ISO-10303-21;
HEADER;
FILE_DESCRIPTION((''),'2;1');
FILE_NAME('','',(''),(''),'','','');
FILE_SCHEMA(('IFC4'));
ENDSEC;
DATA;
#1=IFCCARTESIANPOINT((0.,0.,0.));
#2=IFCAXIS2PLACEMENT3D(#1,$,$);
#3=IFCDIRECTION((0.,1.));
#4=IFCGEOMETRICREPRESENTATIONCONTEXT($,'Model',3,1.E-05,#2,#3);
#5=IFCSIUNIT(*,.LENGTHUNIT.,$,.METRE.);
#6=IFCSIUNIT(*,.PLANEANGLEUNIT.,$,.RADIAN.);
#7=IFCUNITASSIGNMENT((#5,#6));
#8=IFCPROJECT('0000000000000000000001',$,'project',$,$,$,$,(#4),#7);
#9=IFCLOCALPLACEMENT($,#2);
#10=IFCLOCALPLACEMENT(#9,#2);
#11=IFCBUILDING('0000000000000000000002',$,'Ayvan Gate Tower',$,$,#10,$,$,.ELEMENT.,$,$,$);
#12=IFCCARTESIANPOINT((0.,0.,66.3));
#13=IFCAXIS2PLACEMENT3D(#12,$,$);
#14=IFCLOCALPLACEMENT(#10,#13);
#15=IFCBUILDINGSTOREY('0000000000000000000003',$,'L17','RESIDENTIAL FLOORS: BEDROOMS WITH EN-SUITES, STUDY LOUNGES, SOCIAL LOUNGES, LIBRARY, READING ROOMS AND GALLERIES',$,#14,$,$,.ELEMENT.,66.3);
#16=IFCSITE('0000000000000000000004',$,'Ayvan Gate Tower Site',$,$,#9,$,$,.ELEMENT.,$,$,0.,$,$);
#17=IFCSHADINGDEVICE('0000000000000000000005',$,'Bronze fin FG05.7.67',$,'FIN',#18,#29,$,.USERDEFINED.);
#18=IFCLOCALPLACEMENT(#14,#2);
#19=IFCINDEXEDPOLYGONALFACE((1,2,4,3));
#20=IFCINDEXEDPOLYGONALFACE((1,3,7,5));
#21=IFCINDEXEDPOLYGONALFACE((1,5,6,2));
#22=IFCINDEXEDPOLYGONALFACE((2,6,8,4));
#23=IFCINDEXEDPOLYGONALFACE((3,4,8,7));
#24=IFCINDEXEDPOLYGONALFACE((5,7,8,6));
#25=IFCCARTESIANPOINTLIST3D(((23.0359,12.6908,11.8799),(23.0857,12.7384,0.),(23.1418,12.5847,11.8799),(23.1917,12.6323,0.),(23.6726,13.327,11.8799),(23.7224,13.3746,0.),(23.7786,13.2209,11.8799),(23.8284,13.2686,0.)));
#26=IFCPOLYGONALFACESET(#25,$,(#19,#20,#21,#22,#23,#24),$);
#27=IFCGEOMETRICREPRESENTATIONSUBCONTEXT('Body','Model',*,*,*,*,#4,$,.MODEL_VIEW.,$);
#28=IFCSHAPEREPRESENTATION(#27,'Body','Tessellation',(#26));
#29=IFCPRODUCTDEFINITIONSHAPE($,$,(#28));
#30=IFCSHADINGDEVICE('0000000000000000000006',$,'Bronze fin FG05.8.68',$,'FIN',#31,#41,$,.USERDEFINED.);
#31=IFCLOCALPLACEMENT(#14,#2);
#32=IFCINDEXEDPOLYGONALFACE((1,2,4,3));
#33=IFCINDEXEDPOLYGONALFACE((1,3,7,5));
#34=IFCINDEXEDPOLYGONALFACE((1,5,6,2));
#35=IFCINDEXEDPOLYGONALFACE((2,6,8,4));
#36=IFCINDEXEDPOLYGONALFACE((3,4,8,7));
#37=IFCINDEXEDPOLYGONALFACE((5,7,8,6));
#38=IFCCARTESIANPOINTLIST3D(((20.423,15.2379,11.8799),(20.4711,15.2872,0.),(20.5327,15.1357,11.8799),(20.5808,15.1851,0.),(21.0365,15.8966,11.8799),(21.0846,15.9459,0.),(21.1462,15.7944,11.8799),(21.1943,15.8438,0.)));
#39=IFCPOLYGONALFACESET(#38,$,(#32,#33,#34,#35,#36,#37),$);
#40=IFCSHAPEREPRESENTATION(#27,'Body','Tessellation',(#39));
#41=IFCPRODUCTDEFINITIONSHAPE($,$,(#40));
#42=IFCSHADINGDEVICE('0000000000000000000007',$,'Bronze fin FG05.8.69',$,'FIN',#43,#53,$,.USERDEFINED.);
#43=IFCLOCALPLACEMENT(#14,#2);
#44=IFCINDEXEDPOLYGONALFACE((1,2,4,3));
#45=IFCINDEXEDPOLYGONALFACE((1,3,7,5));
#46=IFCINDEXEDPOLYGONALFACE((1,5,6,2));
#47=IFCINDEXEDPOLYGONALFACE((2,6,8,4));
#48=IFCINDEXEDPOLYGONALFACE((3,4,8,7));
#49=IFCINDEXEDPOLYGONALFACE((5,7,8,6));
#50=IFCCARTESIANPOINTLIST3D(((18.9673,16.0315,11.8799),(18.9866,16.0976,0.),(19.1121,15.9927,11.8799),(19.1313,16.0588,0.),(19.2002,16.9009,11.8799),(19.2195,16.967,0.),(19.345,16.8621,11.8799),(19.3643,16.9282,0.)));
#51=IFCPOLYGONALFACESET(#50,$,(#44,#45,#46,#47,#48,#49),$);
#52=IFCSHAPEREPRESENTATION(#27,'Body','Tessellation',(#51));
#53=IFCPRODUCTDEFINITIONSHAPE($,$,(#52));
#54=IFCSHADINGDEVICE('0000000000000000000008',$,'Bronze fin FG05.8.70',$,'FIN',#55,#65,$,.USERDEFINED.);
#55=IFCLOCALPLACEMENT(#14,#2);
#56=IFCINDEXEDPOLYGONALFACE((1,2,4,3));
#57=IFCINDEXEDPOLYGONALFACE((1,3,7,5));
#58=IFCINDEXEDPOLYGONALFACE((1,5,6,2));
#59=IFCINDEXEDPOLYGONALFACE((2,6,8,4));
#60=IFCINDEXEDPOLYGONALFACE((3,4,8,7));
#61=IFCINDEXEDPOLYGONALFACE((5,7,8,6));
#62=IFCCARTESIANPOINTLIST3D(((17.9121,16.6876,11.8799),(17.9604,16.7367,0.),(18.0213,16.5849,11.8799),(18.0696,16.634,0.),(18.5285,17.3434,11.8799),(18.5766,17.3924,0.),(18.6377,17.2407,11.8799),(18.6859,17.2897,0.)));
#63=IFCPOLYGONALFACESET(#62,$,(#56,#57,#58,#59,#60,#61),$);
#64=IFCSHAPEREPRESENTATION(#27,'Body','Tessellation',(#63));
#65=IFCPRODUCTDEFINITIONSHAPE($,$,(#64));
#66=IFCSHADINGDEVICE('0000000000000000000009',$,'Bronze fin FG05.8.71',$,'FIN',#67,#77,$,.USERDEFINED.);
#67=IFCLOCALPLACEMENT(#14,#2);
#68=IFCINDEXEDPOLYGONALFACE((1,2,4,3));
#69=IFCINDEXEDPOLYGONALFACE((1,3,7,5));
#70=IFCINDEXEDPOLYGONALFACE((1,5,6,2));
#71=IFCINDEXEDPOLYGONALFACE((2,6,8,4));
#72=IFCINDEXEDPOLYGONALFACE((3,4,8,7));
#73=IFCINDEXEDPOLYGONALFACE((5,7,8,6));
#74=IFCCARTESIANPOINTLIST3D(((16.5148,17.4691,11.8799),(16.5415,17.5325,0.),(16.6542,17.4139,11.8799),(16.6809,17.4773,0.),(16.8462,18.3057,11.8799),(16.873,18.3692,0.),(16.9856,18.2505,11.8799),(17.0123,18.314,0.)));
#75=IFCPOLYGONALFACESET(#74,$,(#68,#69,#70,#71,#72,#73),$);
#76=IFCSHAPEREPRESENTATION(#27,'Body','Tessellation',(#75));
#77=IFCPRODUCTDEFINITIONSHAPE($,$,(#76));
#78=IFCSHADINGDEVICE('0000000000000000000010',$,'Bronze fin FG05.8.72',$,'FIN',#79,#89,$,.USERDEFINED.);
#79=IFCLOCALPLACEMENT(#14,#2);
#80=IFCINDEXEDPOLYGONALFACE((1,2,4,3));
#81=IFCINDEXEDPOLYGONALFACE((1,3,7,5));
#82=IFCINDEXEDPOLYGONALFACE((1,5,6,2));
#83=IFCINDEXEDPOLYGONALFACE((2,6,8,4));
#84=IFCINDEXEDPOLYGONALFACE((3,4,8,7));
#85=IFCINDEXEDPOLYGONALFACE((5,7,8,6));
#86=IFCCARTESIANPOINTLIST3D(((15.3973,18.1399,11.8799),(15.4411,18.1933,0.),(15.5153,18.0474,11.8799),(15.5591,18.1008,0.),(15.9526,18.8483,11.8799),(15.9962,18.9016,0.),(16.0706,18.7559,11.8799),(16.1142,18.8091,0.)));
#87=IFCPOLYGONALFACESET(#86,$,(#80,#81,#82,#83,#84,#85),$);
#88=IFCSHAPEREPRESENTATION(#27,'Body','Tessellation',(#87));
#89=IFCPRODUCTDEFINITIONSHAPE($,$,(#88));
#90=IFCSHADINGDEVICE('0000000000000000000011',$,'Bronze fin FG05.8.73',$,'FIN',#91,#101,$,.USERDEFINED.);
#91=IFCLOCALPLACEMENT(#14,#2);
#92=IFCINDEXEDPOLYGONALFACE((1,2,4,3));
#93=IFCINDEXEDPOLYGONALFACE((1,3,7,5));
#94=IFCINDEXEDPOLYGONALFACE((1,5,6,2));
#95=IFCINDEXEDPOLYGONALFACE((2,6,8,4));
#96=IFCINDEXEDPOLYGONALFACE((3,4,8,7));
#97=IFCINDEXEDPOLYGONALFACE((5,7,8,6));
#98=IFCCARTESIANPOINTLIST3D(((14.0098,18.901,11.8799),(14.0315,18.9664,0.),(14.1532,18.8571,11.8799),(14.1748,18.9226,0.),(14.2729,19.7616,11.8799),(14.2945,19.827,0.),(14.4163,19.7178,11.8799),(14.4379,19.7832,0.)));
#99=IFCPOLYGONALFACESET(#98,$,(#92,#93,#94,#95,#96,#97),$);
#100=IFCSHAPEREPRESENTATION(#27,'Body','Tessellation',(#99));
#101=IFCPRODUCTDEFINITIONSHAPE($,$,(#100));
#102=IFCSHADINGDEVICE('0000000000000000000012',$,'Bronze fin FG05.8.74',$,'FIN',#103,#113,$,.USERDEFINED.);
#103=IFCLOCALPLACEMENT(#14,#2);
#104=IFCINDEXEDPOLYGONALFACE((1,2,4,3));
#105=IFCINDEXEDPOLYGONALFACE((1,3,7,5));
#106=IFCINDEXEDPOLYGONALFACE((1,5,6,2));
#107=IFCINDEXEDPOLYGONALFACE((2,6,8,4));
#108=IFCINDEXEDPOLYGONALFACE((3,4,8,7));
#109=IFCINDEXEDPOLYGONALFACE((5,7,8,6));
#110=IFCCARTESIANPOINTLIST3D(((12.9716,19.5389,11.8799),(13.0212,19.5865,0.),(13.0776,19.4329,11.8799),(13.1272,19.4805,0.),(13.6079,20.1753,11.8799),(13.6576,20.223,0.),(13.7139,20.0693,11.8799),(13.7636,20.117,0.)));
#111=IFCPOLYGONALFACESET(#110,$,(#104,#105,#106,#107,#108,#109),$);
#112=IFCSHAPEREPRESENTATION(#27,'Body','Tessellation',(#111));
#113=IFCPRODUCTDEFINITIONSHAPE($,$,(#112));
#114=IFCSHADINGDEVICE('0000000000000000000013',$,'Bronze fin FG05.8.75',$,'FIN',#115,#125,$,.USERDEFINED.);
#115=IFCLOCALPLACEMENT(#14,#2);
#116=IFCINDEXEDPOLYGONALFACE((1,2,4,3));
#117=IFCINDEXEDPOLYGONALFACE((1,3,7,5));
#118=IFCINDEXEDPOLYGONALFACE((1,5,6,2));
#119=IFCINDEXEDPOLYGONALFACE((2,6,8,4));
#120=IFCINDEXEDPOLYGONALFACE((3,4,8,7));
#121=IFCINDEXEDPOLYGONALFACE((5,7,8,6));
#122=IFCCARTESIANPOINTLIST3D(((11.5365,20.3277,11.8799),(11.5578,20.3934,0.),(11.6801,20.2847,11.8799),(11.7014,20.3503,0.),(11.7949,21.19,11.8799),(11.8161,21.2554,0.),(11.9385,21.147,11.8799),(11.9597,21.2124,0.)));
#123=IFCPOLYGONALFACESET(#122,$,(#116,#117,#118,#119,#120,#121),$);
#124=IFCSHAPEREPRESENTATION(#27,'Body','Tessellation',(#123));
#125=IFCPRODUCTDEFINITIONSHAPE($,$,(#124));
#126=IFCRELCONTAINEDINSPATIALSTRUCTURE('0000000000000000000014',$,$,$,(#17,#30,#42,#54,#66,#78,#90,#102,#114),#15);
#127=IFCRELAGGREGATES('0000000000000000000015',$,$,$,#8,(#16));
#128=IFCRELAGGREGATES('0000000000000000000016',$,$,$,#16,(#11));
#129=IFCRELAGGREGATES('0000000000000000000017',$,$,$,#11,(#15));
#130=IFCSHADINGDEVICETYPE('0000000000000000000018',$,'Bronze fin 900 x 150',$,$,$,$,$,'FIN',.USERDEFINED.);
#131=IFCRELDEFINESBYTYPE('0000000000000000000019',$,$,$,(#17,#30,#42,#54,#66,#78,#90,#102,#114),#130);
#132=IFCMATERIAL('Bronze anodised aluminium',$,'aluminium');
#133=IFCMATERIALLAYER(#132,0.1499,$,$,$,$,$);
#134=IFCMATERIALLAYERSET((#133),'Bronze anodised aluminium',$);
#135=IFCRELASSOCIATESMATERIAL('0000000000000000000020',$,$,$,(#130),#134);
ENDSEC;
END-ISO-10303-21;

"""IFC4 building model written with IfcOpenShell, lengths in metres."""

from ifc_helpers import new_model, si_unit, direction, frame, origin, place, context, subcontext, project, spatial, polyline, outline, extrude, material, layer, layer_set, type_object, element, save


model = new_model("IFC4")

# Units and contexts
model_context = context("Model", 3, precision=1e-05, world=origin(), true_north=direction((0.0, 1.0)))
body_context = subcontext(model_context, "Body", "Model", "MODEL_VIEW")
ifc_project = project(units=[si_unit("LENGTHUNIT", "METRE"), si_unit("PLANEANGLEUNIT", "RADIAN")], contexts=[model_context])

# Site, building, storey
site_placement = place(None, origin())
site = spatial("IfcSite", under=ifc_project, at=site_placement, Name="Ayvan Gate Tower Site", CompositionType="ELEMENT", RefElevation=0.0)
building_placement = place(site_placement, origin())
building = spatial("IfcBuilding", under=site, at=building_placement, Name="Ayvan Gate Tower", CompositionType="ELEMENT")
storey_placement = place(building_placement, frame((0.0, 0.0, 66.3)))
storey = spatial("IfcBuildingStorey", under=building, at=storey_placement, Name="L17", Description="RESIDENTIAL FLOORS: BEDROOMS WITH EN-SUITES, STUDY LOUNGES, SOCIAL LOUNGES, LIBRARY, READING ROOMS AND GALLERIES", CompositionType="ELEMENT", Elevation=66.3)

# Shared definitions
ifc_material_1 = material(Name="Bronze anodised aluminium", Category="aluminium")

# Shading devices
ifc_layer_1 = layer(ifc_material_1, 0.1499)
ifc_layer_set_1 = layer_set([ifc_layer_1], Name="Bronze anodised aluminium")
shading_device_type = type_object("IfcShadingDeviceType", Name="Bronze fin 900 x 150", ElementType="FIN", PredefinedType="USERDEFINED", material=ifc_layer_set_1)
shading_device_1_placement = place(storey_placement, frame((23.1917, 12.6323, 0.0), z_axis=(0.706835, -0.707378, 0.000129), x_axis=(0.707378, 0.706835, 0.0)))
element("IfcShadingDevice", 1, at=shading_device_1_placement, inside=storey, type_object=shading_device_type, Name="Bronze fin FG05.7.67", ObjectType="FIN", PredefinedType="USERDEFINED", context=body_context, shape_type="SweptSolid", body=[
    extrude(outline(polyline([(0.0, 0.0), (0.9001, 0.0), (0.8312, 11.8799), (-0.0689, 11.8799), (0.0, 0.0)])), origin(), (0.0, 0.0, -1.0), 0.1499),
])
shading_device_2_placement = place(storey_placement, frame((20.5808, 15.1851, 0.0), z_axis=(0.731749, -0.681574, 0.000133), x_axis=(0.681574, 0.731749, 0.0)))
element("IfcShadingDevice", 2, at=shading_device_2_placement, inside=storey, type_object=shading_device_type, Name="Bronze fin FG05.8.68", ObjectType="FIN", PredefinedType="USERDEFINED", context=body_context, shape_type="SweptSolid", body=[
    extrude(outline(polyline([(0.0, 0.0), (0.9002, 0.0), (0.8313, 11.8799), (-0.0689, 11.8799), (0.0, 0.0)])), origin(), (0.0, 0.0, -1.0), 0.1499),
])
shading_device_3_placement = place(storey_placement, frame((19.1313, 16.0588, 0.0), z_axis=(0.965937, -0.258777, 0.000127), x_axis=(0.258777, 0.965937, 0.0)))
element("IfcShadingDevice", 3, at=shading_device_3_placement, inside=storey, type_object=shading_device_type, Name="Bronze fin FG05.8.69", ObjectType="FIN", PredefinedType="USERDEFINED", context=body_context, shape_type="SweptSolid", body=[
    extrude(outline(polyline([(0.0, 0.0), (0.9, 0.0), (0.8311, 11.8799), (-0.0689, 11.8799), (0.0, 0.0)])), origin(), (0.0, 0.0, -1.0), 0.1499),
])
shading_device_4_placement = place(storey_placement, frame((18.0696, 16.634, 0.0), z_axis=(0.728674, -0.684861, 0.000129), x_axis=(0.684861, 0.728674, 0.0)))
element("IfcShadingDevice", 4, at=shading_device_4_placement, inside=storey, type_object=shading_device_type, Name="Bronze fin FG05.8.70", ObjectType="FIN", PredefinedType="USERDEFINED", context=body_context, shape_type="SweptSolid", body=[
    extrude(outline(polyline([(0.0, 0.0), (0.8999, 0.0), (0.8312, 11.8799), (-0.0689, 11.8799), (0.0, 0.0)])), origin(), (0.0, 0.0, -1.0), 0.1499),
])
shading_device_5_placement = place(storey_placement, frame((16.6809, 17.4773, 0.0), z_axis=(0.929716, -0.368278, 0.000124), x_axis=(0.368278, 0.929716, 0.0)))
element("IfcShadingDevice", 5, at=shading_device_5_placement, inside=storey, type_object=shading_device_type, Name="Bronze fin FG05.8.71", ObjectType="FIN", PredefinedType="USERDEFINED", context=body_context, shape_type="SweptSolid", body=[
    extrude(outline(polyline([(0.0, 0.0), (0.9, 0.0), (0.8311, 11.8799), (-0.0688, 11.8799), (0.0, 0.0)])), origin(), (0.0, 0.0, -1.0), 0.1499),
])
shading_device_6_placement = place(storey_placement, frame((15.5591, 18.1008, 0.0), z_axis=(0.787075, -0.616857, 0.000125), x_axis=(0.616857, 0.787075, 0.0)))
element("IfcShadingDevice", 6, at=shading_device_6_placement, inside=storey, type_object=shading_device_type, Name="Bronze fin FG05.8.72", ObjectType="FIN", PredefinedType="USERDEFINED", context=body_context, shape_type="SweptSolid", body=[
    extrude(outline(polyline([(0.0, 0.0), (0.8999, 0.0), (0.8311, 11.8799), (-0.069, 11.8799), (0.0, 0.0)])), origin(), (0.0, 0.0, -1.0), 0.1499),
])
shading_device_7_placement = place(storey_placement, frame((14.1748, 18.9226, 0.0), z_axis=(0.95632, -0.292322, 0.000129), x_axis=(0.292322, 0.95632, 0.0)))
element("IfcShadingDevice", 7, at=shading_device_7_placement, inside=storey, type_object=shading_device_type, Name="Bronze fin FG05.8.73", ObjectType="FIN", PredefinedType="USERDEFINED", context=body_context, shape_type="SweptSolid", body=[
    extrude(outline(polyline([(0.0, 0.0), (0.8999, 0.0), (0.831, 11.8799), (-0.0689, 11.8799), (0.0, 0.0)])), origin(), (0.0, 0.0, -1.0), 0.1499),
])
shading_device_8_placement = place(storey_placement, frame((13.1272, 19.4805, 0.0), z_axis=(0.707175, -0.707039, 0.000124), x_axis=(0.707039, 0.707175, 0.0)))
element("IfcShadingDevice", 8, at=shading_device_8_placement, inside=storey, type_object=shading_device_type, Name="Bronze fin FG05.8.74", ObjectType="FIN", PredefinedType="USERDEFINED", context=body_context, shape_type="SweptSolid", body=[
    extrude(outline(polyline([(0.0, 0.0), (0.9001, 0.0), (0.8312, 11.8799), (-0.0687, 11.8799), (0.0, 0.0)])), origin(), (0.0, 0.0, -1.0), 0.1499),
])
shading_device_9_placement = place(storey_placement, frame((11.7014, 20.3503, 0.0), z_axis=(0.957934, -0.286987, 0.000129), x_axis=(0.286987, 0.957934, 0.0)))
element("IfcShadingDevice", 9, at=shading_device_9_placement, inside=storey, type_object=shading_device_type, Name="Bronze fin FG05.8.75", ObjectType="FIN", PredefinedType="USERDEFINED", context=body_context, shape_type="SweptSolid", body=[
    extrude(outline(polyline([(0.0, 0.0), (0.8999, 0.0), (0.8312, 11.8799), (-0.069, 11.8799), (0.0, 0.0)])), origin(), (0.0, 0.0, -1.0), 0.1499),
])

save(model, "model.ifc")
